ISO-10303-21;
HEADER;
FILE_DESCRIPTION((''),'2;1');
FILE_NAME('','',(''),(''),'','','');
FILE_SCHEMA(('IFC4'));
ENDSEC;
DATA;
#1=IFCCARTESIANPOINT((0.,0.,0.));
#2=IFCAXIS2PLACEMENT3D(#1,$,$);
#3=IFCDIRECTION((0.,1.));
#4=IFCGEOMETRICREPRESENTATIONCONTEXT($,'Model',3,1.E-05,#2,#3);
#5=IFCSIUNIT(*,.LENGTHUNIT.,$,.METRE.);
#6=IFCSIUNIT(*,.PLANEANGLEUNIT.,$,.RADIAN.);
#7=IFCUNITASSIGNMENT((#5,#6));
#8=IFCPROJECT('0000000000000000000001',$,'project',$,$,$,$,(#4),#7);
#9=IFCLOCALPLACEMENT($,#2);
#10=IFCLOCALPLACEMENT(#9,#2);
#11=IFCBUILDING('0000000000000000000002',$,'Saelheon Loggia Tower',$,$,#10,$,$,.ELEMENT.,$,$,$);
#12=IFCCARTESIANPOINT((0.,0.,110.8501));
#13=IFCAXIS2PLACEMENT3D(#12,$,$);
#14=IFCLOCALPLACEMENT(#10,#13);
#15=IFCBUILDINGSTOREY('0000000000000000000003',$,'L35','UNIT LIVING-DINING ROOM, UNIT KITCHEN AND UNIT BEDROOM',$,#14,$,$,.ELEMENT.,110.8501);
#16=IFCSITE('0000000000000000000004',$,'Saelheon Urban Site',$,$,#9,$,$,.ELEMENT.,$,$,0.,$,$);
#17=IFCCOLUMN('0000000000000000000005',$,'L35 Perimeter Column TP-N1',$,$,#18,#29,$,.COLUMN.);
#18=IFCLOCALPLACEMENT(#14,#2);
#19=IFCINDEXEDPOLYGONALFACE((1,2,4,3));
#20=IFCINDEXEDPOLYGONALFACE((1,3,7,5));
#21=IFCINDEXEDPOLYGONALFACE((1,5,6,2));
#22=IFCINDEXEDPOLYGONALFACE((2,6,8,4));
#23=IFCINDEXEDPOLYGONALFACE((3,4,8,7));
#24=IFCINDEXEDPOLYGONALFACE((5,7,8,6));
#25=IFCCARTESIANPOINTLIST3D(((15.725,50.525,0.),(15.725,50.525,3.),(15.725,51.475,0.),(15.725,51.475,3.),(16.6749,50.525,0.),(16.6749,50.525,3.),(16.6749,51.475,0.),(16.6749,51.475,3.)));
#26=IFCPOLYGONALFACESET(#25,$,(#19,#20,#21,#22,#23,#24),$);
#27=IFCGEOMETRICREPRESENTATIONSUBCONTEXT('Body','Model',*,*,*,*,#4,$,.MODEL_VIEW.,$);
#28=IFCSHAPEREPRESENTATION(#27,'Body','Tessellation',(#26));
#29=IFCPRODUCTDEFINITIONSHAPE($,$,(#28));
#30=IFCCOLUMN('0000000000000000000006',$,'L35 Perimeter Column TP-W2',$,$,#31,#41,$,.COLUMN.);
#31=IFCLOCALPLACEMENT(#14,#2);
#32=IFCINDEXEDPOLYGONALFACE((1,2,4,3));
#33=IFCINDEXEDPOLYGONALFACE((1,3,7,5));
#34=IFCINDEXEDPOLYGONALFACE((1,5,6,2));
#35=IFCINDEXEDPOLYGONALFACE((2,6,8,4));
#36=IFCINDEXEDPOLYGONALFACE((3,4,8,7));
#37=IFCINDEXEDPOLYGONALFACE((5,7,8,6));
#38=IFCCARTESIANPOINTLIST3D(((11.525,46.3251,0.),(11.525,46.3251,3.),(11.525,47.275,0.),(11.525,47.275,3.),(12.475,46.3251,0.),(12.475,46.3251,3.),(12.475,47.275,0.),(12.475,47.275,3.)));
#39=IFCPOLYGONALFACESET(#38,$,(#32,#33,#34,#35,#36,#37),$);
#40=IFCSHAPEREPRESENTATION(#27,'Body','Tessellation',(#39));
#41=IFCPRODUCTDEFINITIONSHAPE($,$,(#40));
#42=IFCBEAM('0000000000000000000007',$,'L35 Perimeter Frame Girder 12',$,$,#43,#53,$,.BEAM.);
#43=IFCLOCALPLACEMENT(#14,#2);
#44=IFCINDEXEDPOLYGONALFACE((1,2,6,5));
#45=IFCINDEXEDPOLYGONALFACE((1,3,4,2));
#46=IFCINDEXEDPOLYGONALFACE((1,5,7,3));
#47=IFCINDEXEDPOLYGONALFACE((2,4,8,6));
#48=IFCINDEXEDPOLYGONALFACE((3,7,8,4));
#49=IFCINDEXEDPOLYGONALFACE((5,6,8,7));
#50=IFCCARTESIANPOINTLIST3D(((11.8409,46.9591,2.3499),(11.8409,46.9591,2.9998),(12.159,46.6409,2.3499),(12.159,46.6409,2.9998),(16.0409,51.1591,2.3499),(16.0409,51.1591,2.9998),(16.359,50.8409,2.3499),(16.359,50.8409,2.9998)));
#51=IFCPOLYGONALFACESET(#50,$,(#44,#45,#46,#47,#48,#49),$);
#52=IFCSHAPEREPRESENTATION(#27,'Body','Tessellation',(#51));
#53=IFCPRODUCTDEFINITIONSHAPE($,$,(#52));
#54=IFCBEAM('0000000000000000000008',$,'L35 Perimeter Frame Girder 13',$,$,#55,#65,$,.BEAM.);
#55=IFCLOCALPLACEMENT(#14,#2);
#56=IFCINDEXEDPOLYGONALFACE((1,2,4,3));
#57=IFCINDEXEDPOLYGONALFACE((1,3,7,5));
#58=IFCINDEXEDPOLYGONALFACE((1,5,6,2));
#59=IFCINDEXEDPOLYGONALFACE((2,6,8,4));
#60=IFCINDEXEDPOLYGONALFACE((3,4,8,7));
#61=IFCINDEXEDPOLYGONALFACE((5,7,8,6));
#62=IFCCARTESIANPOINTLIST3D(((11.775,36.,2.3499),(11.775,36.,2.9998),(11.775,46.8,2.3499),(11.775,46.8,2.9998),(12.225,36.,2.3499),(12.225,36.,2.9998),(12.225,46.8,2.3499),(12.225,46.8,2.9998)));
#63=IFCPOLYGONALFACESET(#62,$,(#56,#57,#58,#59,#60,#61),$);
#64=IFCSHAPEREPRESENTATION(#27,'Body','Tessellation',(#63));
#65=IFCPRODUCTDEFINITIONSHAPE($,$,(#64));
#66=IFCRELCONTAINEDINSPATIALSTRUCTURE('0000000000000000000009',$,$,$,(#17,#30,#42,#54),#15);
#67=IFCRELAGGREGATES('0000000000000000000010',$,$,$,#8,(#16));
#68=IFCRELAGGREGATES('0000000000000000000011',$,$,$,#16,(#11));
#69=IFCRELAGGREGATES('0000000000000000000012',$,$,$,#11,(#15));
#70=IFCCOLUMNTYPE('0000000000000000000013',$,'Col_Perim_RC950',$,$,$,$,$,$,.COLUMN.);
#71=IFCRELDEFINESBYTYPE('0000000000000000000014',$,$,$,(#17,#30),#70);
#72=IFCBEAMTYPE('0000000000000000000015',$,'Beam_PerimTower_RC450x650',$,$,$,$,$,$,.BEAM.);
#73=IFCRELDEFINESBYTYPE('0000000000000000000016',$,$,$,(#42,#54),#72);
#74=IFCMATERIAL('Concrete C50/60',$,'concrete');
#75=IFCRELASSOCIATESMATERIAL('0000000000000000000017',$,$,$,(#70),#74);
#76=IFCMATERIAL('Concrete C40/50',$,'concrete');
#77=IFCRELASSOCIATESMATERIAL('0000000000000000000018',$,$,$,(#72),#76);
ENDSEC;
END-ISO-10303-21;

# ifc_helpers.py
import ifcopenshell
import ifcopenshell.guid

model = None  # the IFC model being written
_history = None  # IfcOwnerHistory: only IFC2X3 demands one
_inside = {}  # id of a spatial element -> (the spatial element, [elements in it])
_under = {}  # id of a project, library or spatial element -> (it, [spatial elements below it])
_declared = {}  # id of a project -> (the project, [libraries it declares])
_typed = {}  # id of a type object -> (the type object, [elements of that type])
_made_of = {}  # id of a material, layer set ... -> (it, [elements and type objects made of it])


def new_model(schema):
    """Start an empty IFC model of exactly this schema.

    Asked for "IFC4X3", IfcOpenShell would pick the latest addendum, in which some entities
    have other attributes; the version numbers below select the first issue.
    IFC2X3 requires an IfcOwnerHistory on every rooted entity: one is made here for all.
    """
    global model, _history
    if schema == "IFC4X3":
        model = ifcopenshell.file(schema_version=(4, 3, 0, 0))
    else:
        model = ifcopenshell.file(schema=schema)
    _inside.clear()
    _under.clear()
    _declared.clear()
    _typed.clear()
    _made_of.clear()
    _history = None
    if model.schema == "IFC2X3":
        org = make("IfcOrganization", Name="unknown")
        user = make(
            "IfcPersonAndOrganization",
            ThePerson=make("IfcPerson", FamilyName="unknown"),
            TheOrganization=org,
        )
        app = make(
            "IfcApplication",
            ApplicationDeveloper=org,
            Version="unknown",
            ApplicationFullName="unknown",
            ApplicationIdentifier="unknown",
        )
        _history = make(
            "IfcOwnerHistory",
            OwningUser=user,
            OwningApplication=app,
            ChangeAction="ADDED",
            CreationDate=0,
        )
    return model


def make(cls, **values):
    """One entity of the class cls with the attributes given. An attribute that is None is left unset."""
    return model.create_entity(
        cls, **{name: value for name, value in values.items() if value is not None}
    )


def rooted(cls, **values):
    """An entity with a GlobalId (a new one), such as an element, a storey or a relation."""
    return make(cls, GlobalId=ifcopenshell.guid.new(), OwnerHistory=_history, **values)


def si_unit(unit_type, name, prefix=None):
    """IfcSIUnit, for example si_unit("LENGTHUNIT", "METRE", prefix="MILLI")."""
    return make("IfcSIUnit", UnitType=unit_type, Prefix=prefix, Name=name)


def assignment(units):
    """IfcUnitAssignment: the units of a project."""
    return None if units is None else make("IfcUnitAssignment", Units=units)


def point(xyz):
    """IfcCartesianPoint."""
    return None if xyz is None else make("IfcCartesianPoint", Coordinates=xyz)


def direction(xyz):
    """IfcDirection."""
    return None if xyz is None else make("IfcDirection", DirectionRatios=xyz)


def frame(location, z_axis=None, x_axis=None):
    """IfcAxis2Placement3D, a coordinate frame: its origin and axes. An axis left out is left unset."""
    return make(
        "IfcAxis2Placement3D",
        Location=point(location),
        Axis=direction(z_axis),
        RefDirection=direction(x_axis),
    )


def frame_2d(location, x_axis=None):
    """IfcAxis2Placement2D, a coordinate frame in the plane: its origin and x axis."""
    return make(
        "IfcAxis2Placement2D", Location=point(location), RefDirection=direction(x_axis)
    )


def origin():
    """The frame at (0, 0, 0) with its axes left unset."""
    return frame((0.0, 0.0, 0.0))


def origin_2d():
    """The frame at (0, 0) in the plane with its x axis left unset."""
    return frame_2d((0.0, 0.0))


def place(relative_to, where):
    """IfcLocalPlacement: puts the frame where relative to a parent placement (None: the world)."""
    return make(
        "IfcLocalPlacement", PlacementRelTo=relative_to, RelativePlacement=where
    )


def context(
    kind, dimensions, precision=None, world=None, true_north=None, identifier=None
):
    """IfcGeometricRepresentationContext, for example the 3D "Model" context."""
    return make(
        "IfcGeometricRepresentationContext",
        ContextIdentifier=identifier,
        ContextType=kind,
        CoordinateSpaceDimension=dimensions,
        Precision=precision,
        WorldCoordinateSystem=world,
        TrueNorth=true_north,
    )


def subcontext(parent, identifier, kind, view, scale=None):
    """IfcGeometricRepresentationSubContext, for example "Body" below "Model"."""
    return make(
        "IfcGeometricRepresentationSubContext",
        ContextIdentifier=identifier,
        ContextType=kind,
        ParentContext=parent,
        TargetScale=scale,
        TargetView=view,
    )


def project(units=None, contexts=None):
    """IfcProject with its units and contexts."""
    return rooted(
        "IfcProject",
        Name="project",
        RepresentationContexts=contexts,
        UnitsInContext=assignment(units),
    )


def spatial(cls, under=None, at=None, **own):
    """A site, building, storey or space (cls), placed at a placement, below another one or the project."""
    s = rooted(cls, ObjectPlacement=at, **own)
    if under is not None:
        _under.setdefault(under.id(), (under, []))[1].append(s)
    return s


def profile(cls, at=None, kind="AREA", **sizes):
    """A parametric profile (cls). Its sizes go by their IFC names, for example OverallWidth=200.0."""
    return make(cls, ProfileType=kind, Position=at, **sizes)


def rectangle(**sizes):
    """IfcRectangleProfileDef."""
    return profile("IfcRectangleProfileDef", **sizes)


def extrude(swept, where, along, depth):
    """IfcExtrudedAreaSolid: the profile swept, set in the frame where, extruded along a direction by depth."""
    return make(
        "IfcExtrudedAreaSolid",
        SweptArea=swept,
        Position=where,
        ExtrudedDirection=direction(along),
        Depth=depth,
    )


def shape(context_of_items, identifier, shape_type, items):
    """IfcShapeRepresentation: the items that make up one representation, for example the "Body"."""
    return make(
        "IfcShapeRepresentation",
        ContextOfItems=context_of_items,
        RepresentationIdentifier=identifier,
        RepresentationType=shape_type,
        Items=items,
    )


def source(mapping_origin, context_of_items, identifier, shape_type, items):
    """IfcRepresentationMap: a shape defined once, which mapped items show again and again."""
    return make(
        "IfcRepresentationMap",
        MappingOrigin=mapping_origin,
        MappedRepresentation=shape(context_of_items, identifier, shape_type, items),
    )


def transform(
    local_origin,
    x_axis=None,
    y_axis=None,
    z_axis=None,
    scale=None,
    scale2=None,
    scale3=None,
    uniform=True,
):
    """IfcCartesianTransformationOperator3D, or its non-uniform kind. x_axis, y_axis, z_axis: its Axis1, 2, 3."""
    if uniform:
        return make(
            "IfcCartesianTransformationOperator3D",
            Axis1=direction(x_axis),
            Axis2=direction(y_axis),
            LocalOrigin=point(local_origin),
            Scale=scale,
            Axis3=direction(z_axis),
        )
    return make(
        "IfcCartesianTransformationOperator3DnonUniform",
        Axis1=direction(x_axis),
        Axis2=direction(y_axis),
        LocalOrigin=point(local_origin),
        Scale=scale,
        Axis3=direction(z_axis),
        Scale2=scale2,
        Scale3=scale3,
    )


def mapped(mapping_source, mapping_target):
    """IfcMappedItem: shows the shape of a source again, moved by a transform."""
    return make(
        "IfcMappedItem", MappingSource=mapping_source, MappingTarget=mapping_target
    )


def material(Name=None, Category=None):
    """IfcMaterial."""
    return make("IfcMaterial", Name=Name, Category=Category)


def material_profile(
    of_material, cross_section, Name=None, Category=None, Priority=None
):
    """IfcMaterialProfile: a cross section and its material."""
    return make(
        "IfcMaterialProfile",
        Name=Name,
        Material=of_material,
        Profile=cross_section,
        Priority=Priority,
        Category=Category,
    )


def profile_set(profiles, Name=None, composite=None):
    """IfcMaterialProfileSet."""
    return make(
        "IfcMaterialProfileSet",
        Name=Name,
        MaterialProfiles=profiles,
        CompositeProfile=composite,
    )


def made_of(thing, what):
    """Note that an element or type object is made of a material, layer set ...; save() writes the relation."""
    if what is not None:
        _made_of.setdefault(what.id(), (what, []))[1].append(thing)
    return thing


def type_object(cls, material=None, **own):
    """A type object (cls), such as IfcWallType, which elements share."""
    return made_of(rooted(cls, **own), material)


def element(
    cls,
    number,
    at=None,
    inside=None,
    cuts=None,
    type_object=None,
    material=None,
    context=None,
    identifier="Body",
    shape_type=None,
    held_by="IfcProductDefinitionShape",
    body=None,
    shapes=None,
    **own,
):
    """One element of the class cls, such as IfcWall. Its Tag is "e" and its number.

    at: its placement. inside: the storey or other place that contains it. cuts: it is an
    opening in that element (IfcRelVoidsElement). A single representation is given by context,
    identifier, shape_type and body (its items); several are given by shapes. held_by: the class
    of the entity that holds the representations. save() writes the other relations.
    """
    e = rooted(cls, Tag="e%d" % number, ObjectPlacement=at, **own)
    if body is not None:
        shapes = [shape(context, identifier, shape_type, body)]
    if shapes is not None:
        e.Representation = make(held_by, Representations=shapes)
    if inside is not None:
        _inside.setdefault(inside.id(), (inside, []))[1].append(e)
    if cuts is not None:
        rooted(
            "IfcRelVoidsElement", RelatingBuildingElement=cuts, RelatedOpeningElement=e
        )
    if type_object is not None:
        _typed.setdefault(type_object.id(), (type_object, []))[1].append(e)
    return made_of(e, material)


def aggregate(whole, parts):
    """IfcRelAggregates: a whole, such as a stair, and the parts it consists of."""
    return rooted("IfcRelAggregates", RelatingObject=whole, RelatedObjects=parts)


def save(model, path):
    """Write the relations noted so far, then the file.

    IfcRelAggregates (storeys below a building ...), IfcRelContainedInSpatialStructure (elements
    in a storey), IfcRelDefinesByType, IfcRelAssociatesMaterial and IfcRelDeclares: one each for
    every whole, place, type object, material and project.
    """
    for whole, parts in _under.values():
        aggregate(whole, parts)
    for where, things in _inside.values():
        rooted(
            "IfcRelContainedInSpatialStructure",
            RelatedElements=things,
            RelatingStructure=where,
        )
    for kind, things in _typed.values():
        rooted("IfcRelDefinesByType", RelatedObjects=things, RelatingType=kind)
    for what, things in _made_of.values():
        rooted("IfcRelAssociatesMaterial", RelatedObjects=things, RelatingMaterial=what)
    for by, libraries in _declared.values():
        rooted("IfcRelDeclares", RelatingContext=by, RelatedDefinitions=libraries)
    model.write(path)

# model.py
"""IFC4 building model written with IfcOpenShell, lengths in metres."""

from ifc_helpers import new_model, si_unit, direction, frame, origin, origin_2d, place, context, subcontext, project, spatial, rectangle, extrude, source, transform, mapped, material, material_profile, profile_set, type_object, element, save


model = new_model("IFC4")

# Units and contexts
model_context = context("Model", 3, precision=1e-05, world=origin(), true_north=direction((0.0, 1.0)))
body_context = subcontext(model_context, "Body", "Model", "MODEL_VIEW")
ifc_project = project(units=[si_unit("LENGTHUNIT", "METRE"), si_unit("PLANEANGLEUNIT", "RADIAN")], contexts=[model_context])

# Site, building, storey
site_placement = place(None, origin())
site = spatial("IfcSite", under=ifc_project, at=site_placement, Name="Saelheon Urban Site", CompositionType="ELEMENT", RefElevation=0.0)
building_placement = place(site_placement, origin())
building = spatial("IfcBuilding", under=site, at=building_placement, Name="Saelheon Loggia Tower", CompositionType="ELEMENT")
storey_placement = place(building_placement, frame((0.0, 0.0, 110.8501)))
storey = spatial("IfcBuildingStorey", under=building, at=storey_placement, Name="L35", Description="UNIT LIVING-DINING ROOM, UNIT KITCHEN AND UNIT BEDROOM", CompositionType="ELEMENT", Elevation=110.8501)

# Columns
ifc_material_1 = material(Name="Concrete C50/60", Category="concrete")
ifc_material_profile_1 = material_profile(ifc_material_1, rectangle(XDim=0.95, YDim=0.95, at=origin_2d()), Name="RC-950x950")
ifc_profile_set_1 = profile_set([ifc_material_profile_1], Name="Concrete C50/60")
column_type = type_object("IfcColumnType", Name="Col_Perim_RC950", PredefinedType="COLUMN", material=ifc_profile_set_1)
shared_shape_1 = source(origin(), body_context, "Body", "SweptSolid", [
    extrude(rectangle(XDim=0.95, YDim=0.95, at=origin_2d()), origin(), (0.0, 0.0, 1.0), 3.0),
])
for number, where, z_axis, x_axis, name in (
    (1, (16.2, 51.0, 0.0), (0.0, 0.0, 1.0), (1.0, 0.0, 0.0), "L35 Perimeter Column TP-N1"),
    (2, (12.0, 46.8, 0.0), (0.0, 0.0, 1.0), (1.0, 0.0, 0.0), "L35 Perimeter Column TP-W2"),
):
    element("IfcColumn", number, at=place(storey_placement, frame(where, z_axis=z_axis, x_axis=x_axis)), inside=storey, type_object=column_type, Name=name, PredefinedType="COLUMN", context=body_context, shape_type="MappedRepresentation", body=[
        mapped(shared_shape_1, transform((0.0, 0.0, 0.0), scale=1.0)),
    ])

# Beams
ifc_material_2 = material(Name="Concrete C40/50", Category="concrete")
ifc_material_profile_2 = material_profile(ifc_material_2, rectangle(XDim=0.45, YDim=0.6499, at=origin_2d()), Name="RC-450x650")
ifc_profile_set_2 = profile_set([ifc_material_profile_2], Name="Concrete C40/50")
beam_type = type_object("IfcBeamType", Name="Beam_PerimTower_RC450x650", PredefinedType="BEAM", material=ifc_profile_set_2)
shared_shape_2 = source(origin(), body_context, "Body", "SweptSolid", [
    extrude(rectangle(XDim=0.45, YDim=0.6499, at=origin_2d()), origin(), (0.0, 0.0, 1.0), 5.9397),
])
beam_1_placement = place(storey_placement, frame((16.2, 51.0, 2.6748), z_axis=(-0.707107, -0.707107, 0.0), x_axis=(0.707107, -0.707107, 0.0)))
element("IfcBeam", 3, at=beam_1_placement, inside=storey, type_object=beam_type, Name="L35 Perimeter Frame Girder 12", PredefinedType="BEAM", context=body_context, shape_type="MappedRepresentation", body=[
    mapped(shared_shape_2, transform((0.0, 0.0, 0.0), scale=1.0)),
])
shared_shape_3 = source(origin(), body_context, "Body", "SweptSolid", [
    extrude(rectangle(XDim=0.45, YDim=0.6499, at=origin_2d()), origin(), (0.0, 0.0, 1.0), 10.8),
])
beam_2_placement = place(storey_placement, frame((12.0, 46.8, 2.6748), z_axis=(0.0, -1.0, 0.0), x_axis=(1.0, 0.0, 0.0)))
element("IfcBeam", 4, at=beam_2_placement, inside=storey, type_object=beam_type, Name="L35 Perimeter Frame Girder 13", PredefinedType="BEAM", context=body_context, shape_type="MappedRepresentation", body=[
    mapped(shared_shape_3, transform((0.0, 0.0, 0.0), scale=1.0)),
])

save(model, "model.ifc")
